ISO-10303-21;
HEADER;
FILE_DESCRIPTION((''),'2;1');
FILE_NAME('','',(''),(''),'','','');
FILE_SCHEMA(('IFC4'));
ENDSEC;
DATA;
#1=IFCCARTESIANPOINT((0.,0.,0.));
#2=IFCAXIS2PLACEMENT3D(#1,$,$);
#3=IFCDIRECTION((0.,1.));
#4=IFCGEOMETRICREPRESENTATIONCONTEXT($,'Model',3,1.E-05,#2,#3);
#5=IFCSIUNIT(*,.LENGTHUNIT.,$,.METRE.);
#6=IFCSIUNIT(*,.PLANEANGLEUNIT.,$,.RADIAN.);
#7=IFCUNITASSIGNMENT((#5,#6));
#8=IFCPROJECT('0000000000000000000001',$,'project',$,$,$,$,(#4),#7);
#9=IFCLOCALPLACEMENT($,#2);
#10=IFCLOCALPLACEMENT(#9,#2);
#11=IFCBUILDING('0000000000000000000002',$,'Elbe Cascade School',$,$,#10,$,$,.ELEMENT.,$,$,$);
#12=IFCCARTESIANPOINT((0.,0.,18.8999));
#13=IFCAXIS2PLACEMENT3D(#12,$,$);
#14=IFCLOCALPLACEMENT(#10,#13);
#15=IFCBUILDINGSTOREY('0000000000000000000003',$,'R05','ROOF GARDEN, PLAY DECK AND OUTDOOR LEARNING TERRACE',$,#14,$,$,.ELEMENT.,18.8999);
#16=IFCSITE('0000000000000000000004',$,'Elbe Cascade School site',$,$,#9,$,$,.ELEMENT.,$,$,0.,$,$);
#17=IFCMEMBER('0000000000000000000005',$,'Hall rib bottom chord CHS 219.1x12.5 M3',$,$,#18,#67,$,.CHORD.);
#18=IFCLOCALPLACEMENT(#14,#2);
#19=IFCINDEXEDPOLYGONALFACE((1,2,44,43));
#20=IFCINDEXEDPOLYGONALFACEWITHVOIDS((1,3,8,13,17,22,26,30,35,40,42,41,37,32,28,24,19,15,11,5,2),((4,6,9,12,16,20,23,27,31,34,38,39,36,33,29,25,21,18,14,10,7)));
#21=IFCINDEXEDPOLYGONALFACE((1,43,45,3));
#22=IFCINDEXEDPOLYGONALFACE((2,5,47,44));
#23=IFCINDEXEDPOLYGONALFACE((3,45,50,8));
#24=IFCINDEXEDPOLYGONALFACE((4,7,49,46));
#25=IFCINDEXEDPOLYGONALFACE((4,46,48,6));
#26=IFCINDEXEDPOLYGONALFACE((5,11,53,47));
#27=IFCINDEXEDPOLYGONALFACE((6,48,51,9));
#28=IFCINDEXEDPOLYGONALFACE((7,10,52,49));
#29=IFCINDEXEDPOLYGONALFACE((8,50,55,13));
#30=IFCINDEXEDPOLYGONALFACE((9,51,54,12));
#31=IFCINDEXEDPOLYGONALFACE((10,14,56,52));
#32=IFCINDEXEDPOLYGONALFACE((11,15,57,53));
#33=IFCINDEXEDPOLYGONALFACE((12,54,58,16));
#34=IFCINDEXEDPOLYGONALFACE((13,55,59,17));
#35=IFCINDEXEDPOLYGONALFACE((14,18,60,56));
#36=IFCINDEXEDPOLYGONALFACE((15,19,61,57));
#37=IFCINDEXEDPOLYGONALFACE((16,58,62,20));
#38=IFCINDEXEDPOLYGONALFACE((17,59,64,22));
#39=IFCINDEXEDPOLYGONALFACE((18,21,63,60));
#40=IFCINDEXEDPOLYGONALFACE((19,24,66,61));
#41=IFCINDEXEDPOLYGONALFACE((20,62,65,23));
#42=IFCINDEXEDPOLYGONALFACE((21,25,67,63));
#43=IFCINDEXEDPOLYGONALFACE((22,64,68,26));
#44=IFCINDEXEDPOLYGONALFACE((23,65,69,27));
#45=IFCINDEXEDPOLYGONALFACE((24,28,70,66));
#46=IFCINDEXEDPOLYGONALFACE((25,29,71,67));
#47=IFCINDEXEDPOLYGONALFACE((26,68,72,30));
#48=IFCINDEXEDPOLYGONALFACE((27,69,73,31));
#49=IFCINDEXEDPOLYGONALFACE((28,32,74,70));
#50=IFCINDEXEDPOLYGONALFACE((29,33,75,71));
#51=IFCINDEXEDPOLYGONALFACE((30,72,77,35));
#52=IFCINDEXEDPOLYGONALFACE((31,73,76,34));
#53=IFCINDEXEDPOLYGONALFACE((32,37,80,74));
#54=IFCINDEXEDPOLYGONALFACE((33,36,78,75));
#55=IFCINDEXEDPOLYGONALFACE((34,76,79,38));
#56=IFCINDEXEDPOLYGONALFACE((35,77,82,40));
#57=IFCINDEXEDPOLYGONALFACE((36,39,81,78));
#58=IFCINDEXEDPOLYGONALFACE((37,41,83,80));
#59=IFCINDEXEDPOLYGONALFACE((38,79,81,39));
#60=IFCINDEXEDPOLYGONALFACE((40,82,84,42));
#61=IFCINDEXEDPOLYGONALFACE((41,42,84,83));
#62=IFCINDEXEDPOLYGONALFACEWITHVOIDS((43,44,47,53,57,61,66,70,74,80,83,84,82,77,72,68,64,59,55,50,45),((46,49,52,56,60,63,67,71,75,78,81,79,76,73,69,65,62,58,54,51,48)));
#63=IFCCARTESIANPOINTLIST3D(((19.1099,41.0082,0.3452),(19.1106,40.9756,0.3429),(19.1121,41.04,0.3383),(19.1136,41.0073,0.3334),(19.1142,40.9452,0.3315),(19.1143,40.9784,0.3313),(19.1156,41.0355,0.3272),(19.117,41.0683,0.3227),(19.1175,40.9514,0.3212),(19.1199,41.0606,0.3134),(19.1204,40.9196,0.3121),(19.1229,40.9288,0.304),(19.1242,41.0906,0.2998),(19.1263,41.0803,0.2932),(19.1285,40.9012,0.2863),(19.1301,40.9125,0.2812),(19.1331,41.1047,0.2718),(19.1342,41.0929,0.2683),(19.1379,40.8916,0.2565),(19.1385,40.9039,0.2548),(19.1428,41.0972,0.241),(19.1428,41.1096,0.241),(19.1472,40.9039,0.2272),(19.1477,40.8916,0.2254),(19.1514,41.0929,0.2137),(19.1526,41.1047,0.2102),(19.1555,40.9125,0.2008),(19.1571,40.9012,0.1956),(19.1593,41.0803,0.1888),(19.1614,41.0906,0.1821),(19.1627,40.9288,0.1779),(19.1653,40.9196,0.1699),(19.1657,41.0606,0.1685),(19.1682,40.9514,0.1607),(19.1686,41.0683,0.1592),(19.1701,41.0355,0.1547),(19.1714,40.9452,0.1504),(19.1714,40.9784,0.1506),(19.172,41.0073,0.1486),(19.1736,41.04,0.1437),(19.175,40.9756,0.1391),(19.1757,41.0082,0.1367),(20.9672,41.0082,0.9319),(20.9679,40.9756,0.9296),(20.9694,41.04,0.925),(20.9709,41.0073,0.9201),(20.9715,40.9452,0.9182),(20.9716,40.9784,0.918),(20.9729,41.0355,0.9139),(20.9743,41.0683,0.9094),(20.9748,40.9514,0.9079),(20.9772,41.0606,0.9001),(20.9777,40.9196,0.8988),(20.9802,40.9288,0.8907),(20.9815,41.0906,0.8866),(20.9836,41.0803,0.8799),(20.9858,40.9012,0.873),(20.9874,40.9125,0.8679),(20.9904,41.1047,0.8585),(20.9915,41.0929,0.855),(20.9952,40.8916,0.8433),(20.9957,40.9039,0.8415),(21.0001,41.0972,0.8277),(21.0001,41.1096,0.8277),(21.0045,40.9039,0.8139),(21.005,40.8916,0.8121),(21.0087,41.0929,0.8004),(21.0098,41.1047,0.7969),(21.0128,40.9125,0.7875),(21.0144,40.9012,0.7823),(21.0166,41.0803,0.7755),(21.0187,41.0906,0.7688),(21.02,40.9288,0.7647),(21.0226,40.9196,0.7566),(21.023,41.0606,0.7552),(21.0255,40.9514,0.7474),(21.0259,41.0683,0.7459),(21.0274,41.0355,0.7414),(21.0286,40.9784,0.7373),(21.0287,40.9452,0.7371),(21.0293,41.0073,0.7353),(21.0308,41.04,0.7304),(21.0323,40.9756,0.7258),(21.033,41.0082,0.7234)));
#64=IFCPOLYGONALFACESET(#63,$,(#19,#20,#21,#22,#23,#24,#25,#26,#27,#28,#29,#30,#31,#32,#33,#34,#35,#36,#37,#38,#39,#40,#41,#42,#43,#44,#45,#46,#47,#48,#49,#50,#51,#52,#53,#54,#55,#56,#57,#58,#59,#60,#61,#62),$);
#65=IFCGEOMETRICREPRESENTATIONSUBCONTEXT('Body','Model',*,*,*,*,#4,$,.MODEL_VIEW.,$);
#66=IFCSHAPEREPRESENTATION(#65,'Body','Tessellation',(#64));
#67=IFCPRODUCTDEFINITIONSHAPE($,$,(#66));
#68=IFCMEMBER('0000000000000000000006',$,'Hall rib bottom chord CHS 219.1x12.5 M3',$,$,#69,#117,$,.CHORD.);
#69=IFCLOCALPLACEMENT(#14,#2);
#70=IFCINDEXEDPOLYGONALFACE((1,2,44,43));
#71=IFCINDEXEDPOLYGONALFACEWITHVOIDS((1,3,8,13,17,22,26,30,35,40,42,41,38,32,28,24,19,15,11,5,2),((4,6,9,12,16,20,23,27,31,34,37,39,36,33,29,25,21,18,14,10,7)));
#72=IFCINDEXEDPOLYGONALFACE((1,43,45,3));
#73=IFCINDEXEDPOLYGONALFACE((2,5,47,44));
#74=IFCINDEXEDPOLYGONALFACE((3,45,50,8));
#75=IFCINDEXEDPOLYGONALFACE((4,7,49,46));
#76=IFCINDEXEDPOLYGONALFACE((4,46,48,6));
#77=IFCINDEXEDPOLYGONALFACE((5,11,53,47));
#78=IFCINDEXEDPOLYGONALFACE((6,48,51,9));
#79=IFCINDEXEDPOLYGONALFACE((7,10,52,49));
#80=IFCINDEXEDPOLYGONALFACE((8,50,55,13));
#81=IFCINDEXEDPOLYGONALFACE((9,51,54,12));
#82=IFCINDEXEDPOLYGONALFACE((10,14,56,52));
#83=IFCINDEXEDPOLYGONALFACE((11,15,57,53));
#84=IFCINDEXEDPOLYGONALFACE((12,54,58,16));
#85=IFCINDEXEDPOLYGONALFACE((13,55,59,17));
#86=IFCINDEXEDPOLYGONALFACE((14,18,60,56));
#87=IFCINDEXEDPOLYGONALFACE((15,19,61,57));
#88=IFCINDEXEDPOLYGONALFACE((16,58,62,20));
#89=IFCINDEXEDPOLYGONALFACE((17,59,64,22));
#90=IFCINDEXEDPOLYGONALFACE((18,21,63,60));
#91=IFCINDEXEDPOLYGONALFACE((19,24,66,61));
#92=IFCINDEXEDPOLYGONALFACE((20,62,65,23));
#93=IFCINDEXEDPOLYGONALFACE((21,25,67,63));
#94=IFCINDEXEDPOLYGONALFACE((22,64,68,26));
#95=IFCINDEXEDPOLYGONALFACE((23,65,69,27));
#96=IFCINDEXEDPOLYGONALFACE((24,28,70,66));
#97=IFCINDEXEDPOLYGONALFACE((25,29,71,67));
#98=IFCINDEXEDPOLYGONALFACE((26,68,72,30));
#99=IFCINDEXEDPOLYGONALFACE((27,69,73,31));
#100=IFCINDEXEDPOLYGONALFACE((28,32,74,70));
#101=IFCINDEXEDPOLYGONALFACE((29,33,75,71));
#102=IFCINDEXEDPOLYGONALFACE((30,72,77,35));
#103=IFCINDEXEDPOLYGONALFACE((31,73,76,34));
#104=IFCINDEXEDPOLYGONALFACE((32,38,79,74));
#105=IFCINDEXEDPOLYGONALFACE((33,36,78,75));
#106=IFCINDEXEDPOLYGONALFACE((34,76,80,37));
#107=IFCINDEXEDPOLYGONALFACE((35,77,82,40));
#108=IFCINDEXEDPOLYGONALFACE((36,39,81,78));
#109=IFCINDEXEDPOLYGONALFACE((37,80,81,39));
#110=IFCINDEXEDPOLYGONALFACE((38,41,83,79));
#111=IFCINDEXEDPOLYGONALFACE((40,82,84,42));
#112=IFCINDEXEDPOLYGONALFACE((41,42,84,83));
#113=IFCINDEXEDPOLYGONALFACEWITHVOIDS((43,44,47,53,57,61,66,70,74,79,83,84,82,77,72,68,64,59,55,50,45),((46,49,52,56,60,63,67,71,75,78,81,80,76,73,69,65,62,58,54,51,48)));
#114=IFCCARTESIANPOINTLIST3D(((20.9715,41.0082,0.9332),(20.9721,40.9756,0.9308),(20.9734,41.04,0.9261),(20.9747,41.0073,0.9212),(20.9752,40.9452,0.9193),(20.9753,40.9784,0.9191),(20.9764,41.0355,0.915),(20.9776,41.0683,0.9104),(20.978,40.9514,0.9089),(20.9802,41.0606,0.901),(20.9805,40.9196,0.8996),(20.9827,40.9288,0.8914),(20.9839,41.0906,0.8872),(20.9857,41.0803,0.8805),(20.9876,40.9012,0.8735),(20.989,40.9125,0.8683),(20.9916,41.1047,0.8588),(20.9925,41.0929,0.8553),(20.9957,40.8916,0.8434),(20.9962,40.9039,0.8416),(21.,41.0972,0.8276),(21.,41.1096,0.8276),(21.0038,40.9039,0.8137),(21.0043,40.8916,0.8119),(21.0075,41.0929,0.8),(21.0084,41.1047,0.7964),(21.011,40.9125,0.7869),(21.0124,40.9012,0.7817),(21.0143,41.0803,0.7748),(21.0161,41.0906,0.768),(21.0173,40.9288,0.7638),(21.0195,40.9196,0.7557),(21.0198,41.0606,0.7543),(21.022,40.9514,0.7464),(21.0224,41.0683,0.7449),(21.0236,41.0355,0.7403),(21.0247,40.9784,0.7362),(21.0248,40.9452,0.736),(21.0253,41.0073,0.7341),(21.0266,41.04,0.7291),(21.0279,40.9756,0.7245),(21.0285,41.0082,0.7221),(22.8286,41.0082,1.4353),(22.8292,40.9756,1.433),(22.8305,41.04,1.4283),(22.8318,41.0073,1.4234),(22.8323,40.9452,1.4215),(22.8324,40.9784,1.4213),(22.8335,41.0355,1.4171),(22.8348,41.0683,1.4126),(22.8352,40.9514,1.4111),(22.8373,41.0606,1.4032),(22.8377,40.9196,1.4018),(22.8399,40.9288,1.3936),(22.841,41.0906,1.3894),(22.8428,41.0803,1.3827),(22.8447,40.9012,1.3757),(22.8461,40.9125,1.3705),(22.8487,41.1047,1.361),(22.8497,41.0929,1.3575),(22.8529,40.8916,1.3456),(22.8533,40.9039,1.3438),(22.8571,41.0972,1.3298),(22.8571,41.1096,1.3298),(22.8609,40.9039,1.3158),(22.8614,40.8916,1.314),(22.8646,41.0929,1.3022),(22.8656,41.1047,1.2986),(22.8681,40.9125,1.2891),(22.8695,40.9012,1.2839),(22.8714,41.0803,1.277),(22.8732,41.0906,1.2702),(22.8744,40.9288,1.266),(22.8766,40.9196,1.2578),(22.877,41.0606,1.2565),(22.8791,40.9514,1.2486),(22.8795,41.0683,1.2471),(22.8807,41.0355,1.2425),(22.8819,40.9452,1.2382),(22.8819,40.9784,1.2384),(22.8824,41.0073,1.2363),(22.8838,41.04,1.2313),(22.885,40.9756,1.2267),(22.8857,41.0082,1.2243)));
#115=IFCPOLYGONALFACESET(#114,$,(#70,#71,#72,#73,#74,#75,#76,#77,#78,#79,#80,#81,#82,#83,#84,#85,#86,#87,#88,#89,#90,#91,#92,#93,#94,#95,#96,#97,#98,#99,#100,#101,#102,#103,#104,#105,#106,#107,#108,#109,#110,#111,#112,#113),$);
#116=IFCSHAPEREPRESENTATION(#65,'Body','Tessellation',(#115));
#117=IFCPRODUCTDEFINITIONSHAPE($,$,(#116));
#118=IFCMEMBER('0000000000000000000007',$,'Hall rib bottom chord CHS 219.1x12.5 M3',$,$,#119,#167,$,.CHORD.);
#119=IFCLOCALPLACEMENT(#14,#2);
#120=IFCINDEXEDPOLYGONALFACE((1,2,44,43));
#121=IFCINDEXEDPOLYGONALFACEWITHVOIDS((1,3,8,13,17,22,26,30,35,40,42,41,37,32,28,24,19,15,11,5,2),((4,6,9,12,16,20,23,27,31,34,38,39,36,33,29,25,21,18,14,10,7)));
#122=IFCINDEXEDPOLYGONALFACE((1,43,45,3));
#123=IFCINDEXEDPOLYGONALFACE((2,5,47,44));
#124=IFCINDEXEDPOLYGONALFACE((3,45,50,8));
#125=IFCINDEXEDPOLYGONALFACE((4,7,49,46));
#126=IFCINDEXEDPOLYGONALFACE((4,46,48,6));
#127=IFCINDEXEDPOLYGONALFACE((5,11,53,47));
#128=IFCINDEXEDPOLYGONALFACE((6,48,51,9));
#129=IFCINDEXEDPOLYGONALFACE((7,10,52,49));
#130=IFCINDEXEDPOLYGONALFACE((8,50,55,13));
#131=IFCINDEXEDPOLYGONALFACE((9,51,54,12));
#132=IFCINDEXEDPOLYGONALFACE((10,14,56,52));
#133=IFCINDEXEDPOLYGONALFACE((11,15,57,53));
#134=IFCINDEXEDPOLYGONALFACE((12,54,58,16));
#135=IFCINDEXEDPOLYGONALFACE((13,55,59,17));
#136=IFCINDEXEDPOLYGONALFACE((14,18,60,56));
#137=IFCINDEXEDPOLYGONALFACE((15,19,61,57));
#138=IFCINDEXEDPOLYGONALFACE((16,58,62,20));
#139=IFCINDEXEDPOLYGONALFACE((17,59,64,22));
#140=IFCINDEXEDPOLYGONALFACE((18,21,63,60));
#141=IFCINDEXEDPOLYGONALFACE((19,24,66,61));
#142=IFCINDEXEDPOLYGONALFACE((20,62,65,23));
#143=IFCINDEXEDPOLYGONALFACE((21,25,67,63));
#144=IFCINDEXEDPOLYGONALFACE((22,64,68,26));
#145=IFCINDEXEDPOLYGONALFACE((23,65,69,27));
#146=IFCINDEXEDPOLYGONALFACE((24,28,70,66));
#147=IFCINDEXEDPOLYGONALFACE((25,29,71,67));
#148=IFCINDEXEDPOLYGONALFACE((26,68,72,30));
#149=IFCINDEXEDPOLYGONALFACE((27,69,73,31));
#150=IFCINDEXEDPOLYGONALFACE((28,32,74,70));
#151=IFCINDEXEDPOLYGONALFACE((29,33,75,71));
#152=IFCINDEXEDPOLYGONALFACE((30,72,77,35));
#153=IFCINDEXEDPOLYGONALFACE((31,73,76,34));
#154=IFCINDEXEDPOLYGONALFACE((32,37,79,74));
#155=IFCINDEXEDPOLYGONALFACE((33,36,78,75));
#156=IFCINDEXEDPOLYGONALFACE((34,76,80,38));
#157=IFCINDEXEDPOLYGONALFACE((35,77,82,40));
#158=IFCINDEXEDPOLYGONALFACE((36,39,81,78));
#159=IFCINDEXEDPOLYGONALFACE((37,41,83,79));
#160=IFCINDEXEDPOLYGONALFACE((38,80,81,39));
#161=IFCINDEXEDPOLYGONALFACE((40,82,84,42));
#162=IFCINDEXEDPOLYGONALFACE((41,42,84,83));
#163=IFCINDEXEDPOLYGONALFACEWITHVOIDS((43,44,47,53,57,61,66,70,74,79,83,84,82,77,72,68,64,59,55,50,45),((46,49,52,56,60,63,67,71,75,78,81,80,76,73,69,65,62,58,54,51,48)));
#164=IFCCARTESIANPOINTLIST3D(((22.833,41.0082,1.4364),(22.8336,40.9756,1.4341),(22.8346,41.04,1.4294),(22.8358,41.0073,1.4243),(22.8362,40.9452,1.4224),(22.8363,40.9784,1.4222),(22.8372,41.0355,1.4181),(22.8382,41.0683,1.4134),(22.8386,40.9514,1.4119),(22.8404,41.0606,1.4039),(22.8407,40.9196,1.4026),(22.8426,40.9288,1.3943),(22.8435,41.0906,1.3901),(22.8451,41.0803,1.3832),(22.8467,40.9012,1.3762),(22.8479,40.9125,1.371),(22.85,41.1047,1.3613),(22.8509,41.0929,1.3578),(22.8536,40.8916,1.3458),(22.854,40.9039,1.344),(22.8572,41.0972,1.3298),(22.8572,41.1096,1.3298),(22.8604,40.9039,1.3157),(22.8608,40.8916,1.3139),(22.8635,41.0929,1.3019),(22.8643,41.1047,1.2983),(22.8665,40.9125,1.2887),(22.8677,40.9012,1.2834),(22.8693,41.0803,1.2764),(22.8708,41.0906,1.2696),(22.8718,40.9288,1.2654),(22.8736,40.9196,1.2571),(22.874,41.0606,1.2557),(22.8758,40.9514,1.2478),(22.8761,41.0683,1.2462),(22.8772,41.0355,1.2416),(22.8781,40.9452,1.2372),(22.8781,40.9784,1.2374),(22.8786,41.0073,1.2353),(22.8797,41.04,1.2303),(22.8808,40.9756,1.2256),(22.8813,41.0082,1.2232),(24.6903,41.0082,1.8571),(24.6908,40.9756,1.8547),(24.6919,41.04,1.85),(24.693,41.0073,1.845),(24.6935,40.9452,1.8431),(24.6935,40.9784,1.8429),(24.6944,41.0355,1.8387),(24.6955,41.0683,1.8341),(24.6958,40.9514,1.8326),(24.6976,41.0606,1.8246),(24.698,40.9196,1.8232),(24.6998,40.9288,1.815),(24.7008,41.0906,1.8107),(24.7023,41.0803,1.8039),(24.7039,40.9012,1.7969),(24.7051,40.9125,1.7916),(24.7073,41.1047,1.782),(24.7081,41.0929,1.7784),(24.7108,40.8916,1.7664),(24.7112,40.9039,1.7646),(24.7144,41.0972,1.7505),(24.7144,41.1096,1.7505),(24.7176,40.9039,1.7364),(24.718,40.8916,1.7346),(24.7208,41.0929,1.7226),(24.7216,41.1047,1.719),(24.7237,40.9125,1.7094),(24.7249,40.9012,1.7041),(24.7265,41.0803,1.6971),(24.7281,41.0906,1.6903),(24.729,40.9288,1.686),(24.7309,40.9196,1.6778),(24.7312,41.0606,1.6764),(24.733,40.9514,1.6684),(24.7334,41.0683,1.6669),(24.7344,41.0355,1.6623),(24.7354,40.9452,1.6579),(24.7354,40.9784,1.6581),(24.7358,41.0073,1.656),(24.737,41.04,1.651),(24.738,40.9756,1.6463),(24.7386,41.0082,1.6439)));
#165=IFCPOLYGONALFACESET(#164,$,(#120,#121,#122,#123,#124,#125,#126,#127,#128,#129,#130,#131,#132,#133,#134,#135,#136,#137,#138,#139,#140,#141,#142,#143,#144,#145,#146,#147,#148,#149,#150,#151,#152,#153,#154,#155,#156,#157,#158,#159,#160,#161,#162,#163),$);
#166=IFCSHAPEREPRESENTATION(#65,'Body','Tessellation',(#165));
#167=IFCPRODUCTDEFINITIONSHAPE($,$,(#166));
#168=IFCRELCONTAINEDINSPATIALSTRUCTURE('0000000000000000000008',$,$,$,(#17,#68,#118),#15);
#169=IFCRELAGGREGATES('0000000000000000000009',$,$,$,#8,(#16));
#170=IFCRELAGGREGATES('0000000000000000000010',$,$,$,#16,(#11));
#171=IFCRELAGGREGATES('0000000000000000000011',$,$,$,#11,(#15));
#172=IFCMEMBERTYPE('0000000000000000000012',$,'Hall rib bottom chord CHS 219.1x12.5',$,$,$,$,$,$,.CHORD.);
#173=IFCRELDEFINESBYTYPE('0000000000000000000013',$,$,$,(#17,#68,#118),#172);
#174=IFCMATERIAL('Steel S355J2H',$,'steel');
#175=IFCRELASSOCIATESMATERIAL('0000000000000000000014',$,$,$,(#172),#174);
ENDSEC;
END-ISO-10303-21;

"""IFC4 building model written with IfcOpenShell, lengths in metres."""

from ifc_helpers import new_model, si_unit, direction, frame, origin, origin_2d, place, context, subcontext, project, spatial, hollow_circle, extrude, material, material_profile, profile_set, type_object, element, save


model = new_model("IFC4")

# Units and contexts
model_context = context("Model", 3, precision=1e-05, world=origin(), true_north=direction((0.0, 1.0)))
body_context = subcontext(model_context, "Body", "Model", "MODEL_VIEW")
ifc_project = project(units=[si_unit("LENGTHUNIT", "METRE"), si_unit("PLANEANGLEUNIT", "RADIAN")], contexts=[model_context])

# Site, building, storey
site_placement = place(None, origin())
site = spatial("IfcSite", under=ifc_project, at=site_placement, Name="Elbe Cascade School site", CompositionType="ELEMENT", RefElevation=0.0)
building_placement = place(site_placement, origin())
building = spatial("IfcBuilding", under=site, at=building_placement, Name="Elbe Cascade School", CompositionType="ELEMENT")
storey_placement = place(building_placement, frame((0.0, 0.0, 18.8999)))
storey = spatial("IfcBuildingStorey", under=building, at=storey_placement, Name="R05", Description="ROOF GARDEN, PLAY DECK AND OUTDOOR LEARNING TERRACE", CompositionType="ELEMENT", Elevation=18.8999)

# Members
ifc_material_1 = material(Name="Steel S355J2H", Category="steel")
ifc_material_profile_1 = material_profile(ifc_material_1, hollow_circle(Radius=0.1096, WallThickness=0.0125, at=origin_2d()), Name="CHS 219.1x12.5")
ifc_profile_set_1 = profile_set([ifc_material_profile_1], Name="Steel S355J2H")
member_type_1 = type_object("IfcMemberType", Name="Hall rib bottom chord CHS 219.1x12.5", PredefinedType="CHORD", material=ifc_profile_set_1)
member_1_placement = place(storey_placement, frame((19.1428, 41.0, 0.241), z_axis=(0.953554, 0.0, 0.301221), x_axis=(0.0, 1.0, 0.0)))
element("IfcMember", 1, at=member_1_placement, inside=storey, type_object=member_type_1, Name="Hall rib bottom chord CHS 219.1x12.5 M3", PredefinedType="CHORD", context=body_context, shape_type="SweptSolid", body=[
    extrude(hollow_circle(Radius=0.1096, WallThickness=0.0125, at=origin_2d()), origin(), (0.0, 0.0, 1.0), 1.9478),
])
member_2_placement = place(storey_placement, frame((21.0, 41.0, 0.8276), z_axis=(0.96533, 0.0, 0.261034), x_axis=(0.0, 1.0, 0.0)))
element("IfcMember", 2, at=member_2_placement, inside=storey, type_object=member_type_1, Name="Hall rib bottom chord CHS 219.1x12.5 M3", PredefinedType="CHORD", context=body_context, shape_type="SweptSolid", body=[
    extrude(hollow_circle(Radius=0.1096, WallThickness=0.0125, at=origin_2d()), origin(), (0.0, 0.0, 1.0), 1.9238),
])
member_3_placement = place(storey_placement, frame((22.8572, 41.0, 1.3298), z_axis=(0.975295, 0.0, 0.220906), x_axis=(0.0, 1.0, 0.0)))
element("IfcMember", 3, at=member_3_placement, inside=storey, type_object=member_type_1, Name="Hall rib bottom chord CHS 219.1x12.5 M3", PredefinedType="CHORD", context=body_context, shape_type="SweptSolid", body=[
    extrude(hollow_circle(Radius=0.1096, WallThickness=0.0125, at=origin_2d()), origin(), (0.0, 0.0, 1.0), 1.9043),
])

save(model, "model.ifc")
